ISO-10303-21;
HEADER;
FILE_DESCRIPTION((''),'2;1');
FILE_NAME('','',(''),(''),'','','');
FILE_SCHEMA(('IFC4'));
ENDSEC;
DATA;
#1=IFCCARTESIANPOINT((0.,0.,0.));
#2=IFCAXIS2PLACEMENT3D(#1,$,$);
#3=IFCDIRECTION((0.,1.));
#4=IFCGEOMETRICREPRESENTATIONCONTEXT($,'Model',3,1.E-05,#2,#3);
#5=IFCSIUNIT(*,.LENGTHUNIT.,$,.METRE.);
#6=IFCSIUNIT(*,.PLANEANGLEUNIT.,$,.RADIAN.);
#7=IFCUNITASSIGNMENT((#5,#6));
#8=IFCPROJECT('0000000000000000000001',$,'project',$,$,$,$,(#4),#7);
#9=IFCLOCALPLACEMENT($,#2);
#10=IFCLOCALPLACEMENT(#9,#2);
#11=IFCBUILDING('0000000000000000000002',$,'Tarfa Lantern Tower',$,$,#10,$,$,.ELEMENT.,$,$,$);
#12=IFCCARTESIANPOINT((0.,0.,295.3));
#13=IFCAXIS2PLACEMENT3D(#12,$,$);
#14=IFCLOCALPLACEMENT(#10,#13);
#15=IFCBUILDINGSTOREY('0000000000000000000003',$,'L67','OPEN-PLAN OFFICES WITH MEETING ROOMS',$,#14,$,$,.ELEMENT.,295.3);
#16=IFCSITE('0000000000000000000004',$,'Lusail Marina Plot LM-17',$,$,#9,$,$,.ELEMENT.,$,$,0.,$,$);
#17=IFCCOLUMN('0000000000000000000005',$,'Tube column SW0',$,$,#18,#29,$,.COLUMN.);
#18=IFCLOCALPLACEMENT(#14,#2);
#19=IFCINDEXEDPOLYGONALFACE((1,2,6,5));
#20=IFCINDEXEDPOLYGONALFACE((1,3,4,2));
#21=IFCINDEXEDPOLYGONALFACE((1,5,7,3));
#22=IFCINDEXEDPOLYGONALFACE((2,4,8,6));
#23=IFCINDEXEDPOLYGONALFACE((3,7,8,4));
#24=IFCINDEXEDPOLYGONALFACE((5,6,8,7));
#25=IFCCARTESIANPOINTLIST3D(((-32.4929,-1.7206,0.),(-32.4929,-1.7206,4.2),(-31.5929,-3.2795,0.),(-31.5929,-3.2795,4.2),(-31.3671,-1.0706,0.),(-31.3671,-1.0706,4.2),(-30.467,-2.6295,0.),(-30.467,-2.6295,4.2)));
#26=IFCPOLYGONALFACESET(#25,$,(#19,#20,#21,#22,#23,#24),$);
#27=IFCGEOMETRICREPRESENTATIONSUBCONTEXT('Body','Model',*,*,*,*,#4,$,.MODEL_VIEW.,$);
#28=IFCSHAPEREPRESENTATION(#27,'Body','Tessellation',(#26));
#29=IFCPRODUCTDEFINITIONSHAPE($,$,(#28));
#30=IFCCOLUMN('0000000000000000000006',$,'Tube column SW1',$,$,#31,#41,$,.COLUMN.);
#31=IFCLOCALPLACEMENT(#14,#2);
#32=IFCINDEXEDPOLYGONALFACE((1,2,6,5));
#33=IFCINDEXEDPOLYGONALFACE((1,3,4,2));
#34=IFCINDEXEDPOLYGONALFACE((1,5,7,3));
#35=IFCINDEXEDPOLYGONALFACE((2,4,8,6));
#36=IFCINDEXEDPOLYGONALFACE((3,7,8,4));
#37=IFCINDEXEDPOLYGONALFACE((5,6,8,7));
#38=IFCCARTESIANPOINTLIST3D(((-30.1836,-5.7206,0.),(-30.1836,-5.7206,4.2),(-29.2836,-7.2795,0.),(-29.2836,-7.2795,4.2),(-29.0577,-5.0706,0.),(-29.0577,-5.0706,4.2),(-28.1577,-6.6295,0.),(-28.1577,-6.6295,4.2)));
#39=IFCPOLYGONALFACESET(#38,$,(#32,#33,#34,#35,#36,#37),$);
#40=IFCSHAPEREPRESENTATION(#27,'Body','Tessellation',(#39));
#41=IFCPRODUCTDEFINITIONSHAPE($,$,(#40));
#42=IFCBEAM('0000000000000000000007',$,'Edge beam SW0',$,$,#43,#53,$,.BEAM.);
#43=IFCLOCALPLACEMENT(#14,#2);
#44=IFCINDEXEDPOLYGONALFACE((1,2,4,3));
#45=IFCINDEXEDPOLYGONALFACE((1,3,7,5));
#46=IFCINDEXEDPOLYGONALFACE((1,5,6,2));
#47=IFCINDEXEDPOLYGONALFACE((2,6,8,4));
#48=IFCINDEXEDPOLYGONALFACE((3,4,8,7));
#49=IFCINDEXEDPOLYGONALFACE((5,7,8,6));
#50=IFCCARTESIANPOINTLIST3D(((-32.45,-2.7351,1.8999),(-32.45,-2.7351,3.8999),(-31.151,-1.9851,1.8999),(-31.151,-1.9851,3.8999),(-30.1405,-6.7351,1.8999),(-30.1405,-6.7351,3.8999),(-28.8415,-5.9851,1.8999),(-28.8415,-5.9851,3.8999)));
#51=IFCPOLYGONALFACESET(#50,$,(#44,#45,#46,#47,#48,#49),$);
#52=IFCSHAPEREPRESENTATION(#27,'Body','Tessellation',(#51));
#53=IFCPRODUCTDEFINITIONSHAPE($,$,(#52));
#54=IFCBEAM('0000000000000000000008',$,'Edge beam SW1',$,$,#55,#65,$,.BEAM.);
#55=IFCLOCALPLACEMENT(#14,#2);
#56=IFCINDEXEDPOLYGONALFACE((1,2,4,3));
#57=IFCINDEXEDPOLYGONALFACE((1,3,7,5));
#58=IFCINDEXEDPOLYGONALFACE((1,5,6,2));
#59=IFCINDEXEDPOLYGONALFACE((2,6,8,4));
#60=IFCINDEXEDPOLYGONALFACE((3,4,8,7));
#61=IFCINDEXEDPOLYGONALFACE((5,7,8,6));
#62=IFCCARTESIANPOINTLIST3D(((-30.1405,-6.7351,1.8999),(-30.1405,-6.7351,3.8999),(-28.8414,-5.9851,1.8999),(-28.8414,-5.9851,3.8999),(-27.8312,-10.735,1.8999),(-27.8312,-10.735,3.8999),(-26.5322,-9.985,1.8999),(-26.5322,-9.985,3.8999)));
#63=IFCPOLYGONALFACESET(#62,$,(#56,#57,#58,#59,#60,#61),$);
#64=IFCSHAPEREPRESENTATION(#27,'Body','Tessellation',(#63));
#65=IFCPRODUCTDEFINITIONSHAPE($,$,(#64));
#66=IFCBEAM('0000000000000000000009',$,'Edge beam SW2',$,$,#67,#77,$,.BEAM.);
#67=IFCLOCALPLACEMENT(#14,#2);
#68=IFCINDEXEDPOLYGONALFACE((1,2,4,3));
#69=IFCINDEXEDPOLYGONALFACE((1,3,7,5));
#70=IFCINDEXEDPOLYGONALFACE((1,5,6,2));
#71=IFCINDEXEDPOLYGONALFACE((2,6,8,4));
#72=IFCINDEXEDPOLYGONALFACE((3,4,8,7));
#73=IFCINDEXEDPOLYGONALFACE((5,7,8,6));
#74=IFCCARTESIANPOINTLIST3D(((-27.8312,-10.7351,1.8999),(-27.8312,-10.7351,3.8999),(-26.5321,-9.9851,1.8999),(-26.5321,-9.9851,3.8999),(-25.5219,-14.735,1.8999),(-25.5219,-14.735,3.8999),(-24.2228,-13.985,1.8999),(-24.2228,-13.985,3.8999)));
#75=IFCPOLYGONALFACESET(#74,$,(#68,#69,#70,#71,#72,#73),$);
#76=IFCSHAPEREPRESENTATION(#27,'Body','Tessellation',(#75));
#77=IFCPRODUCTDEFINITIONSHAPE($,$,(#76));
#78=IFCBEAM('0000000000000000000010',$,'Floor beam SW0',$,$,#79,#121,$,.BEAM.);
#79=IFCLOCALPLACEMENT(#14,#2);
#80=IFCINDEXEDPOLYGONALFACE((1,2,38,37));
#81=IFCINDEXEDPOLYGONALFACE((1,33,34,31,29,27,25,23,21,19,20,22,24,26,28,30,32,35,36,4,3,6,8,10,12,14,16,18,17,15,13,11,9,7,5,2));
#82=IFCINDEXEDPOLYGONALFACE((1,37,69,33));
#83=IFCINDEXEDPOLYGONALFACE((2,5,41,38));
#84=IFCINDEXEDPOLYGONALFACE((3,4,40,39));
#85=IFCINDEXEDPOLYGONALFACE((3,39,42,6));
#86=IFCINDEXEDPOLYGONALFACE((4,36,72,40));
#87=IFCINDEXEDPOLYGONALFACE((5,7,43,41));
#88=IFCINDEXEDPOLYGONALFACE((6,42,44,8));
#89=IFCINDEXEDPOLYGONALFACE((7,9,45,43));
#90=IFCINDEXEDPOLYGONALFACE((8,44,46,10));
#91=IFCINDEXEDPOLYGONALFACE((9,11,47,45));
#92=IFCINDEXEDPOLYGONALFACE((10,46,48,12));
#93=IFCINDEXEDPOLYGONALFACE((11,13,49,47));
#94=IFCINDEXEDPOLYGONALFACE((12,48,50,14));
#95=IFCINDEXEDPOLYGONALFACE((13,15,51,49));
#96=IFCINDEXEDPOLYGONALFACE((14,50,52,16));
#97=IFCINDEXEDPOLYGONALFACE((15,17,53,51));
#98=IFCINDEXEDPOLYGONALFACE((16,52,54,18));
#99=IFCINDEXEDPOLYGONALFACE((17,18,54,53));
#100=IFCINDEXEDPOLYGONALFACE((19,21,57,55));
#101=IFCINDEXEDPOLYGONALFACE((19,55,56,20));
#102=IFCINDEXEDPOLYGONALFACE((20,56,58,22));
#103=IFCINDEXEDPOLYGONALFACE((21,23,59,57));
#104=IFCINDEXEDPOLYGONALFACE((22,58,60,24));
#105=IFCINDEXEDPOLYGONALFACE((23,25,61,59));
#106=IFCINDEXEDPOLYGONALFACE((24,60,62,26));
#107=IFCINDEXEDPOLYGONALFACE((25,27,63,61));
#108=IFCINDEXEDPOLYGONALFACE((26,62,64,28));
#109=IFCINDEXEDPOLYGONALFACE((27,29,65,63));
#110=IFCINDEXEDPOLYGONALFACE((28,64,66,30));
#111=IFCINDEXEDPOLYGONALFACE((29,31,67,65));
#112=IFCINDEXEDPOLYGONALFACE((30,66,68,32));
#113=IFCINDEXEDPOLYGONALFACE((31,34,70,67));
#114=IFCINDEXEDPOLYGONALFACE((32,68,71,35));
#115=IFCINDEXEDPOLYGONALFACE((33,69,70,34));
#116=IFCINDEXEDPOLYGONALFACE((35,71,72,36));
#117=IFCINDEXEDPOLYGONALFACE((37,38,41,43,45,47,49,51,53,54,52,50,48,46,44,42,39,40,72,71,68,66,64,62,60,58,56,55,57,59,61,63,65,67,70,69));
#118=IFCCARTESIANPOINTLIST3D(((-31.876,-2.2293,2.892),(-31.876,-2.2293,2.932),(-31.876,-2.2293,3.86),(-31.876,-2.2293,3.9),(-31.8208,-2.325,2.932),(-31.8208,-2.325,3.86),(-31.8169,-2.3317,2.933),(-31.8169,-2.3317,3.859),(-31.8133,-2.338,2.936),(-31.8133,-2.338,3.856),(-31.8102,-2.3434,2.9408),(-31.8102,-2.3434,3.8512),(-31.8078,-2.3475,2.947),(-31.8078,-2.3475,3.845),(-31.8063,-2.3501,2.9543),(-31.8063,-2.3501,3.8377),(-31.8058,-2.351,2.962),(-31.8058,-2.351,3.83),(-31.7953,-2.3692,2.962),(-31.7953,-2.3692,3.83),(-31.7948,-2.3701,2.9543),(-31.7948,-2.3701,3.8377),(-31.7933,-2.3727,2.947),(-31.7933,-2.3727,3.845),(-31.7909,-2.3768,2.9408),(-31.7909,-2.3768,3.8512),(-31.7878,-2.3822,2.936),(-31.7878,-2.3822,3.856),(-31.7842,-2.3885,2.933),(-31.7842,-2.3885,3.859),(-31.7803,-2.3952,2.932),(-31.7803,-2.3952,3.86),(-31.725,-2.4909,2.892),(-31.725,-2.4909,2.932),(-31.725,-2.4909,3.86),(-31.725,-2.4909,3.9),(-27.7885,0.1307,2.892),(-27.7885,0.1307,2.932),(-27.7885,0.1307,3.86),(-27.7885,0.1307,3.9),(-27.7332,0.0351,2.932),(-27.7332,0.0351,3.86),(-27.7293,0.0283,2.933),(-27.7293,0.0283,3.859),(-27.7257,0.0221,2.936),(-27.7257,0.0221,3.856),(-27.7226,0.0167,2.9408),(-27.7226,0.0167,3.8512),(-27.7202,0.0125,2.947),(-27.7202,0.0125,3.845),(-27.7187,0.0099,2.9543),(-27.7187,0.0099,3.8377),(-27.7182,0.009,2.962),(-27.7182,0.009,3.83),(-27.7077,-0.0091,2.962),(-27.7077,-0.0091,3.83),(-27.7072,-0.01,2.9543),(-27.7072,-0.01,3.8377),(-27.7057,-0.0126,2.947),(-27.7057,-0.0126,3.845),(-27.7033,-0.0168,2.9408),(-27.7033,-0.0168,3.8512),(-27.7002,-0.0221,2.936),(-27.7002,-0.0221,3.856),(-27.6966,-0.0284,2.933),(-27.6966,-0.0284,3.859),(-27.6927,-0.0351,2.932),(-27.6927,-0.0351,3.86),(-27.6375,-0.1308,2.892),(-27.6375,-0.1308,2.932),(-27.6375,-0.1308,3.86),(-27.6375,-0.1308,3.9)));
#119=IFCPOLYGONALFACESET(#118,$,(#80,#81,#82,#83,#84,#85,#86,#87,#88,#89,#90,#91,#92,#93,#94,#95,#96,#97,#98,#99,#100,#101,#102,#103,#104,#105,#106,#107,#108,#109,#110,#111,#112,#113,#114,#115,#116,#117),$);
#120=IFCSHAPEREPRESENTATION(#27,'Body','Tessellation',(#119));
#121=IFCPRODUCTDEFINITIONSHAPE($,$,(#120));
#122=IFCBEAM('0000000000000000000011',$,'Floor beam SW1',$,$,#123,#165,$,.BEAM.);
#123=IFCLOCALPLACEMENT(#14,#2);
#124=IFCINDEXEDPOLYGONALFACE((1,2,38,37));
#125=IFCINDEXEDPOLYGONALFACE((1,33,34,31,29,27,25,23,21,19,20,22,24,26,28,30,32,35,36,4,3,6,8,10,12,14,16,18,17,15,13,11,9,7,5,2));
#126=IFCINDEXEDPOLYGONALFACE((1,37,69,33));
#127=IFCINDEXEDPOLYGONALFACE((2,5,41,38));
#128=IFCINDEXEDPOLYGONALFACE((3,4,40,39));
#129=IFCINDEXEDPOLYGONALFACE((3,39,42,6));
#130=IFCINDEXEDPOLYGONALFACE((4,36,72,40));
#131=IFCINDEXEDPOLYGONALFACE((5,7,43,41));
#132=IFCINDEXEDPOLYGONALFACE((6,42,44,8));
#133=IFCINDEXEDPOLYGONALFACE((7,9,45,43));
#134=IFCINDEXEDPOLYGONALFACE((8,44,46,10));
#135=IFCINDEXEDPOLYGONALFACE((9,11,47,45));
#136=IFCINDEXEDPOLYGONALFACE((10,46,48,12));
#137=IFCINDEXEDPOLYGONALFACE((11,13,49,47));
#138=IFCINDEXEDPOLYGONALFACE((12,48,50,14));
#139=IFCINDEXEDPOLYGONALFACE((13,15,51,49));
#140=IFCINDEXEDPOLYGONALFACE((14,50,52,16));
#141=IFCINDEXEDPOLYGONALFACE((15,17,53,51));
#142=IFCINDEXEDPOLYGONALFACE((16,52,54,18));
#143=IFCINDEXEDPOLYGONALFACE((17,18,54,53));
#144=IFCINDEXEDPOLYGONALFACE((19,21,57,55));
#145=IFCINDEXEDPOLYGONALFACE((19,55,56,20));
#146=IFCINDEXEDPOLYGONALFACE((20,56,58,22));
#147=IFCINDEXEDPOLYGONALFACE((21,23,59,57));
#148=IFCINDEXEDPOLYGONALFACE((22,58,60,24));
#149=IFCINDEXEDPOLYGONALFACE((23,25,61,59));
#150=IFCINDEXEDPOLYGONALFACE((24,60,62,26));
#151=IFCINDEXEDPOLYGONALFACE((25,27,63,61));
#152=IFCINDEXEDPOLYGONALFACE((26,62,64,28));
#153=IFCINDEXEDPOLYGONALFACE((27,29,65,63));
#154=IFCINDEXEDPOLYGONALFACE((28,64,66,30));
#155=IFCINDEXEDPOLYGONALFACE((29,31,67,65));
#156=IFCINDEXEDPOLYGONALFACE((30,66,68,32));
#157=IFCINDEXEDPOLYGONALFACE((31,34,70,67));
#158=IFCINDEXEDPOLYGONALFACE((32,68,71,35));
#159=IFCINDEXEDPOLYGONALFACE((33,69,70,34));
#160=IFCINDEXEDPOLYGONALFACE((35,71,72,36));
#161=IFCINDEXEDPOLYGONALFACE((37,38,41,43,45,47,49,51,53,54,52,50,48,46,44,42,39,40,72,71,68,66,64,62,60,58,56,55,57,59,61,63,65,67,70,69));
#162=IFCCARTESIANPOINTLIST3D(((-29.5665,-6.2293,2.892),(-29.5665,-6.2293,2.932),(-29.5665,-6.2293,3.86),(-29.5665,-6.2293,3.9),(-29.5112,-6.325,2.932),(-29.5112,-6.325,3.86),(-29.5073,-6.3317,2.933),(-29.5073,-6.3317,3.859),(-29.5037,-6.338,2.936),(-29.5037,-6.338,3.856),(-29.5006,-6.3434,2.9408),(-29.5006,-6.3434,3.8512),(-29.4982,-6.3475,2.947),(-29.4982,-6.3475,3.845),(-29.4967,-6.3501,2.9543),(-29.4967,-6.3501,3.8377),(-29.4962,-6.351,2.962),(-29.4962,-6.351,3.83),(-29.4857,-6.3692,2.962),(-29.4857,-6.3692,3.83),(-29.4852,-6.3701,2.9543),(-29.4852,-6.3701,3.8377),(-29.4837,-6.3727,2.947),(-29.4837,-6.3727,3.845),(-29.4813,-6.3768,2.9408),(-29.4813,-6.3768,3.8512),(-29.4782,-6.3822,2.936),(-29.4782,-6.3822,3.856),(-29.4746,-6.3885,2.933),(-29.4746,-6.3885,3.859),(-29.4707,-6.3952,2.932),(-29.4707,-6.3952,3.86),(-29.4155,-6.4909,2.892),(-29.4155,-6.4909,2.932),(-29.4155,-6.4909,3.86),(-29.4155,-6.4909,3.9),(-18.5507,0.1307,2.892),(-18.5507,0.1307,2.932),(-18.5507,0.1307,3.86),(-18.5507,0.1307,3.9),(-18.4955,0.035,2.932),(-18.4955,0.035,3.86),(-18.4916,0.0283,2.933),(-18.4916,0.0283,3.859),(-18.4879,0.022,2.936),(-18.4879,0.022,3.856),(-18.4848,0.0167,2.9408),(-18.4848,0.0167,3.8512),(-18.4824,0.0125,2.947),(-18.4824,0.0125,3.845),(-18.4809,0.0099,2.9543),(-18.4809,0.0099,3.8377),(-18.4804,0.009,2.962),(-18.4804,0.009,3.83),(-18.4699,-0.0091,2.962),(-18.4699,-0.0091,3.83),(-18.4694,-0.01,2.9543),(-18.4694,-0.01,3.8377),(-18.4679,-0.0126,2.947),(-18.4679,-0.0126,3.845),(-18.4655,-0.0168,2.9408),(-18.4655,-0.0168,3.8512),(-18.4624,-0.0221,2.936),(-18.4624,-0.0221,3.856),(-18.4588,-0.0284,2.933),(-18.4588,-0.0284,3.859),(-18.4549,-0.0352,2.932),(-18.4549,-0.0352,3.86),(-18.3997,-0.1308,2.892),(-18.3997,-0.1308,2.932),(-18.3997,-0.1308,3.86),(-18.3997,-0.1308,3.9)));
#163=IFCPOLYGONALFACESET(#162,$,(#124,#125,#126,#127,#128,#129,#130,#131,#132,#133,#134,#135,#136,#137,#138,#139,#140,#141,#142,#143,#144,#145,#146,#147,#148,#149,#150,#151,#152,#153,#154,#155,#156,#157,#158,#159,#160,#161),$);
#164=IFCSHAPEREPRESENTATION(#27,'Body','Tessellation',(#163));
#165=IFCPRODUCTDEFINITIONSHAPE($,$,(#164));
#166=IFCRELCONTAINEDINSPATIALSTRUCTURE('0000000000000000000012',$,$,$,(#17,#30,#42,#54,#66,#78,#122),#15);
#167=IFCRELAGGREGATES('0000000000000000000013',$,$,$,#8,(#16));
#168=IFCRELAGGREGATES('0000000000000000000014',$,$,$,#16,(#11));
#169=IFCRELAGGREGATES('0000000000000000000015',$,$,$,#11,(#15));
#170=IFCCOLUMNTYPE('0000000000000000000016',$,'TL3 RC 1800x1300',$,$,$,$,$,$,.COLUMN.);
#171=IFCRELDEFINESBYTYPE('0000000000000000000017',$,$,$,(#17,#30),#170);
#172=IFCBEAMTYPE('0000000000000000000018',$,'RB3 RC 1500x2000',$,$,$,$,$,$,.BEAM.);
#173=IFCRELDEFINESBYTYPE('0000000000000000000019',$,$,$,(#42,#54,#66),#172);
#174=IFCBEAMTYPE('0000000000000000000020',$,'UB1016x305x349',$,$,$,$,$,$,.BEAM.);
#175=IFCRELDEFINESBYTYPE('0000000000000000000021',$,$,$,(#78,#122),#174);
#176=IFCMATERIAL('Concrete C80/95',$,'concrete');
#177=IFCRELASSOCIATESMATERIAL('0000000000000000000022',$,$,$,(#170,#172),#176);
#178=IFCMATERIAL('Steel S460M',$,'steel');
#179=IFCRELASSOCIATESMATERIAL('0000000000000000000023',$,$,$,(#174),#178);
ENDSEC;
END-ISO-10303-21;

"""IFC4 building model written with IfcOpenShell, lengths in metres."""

from ifc_helpers import new_model, si_unit, direction, frame, origin, origin_2d, place, context, subcontext, project, spatial, rectangle, i_section, extrude, material, material_profile, profile_set, type_object, element, save


model = new_model("IFC4")

# Units and contexts
model_context = context("Model", 3, precision=1e-05, world=origin(), true_north=direction((0.0, 1.0)))
body_context = subcontext(model_context, "Body", "Model", "MODEL_VIEW")
ifc_project = project(units=[si_unit("LENGTHUNIT", "METRE"), si_unit("PLANEANGLEUNIT", "RADIAN")], contexts=[model_context])

# Site, building, storey
site_placement = place(None, origin())
site = spatial("IfcSite", under=ifc_project, at=site_placement, Name="Lusail Marina Plot LM-17", CompositionType="ELEMENT", RefElevation=0.0)
building_placement = place(site_placement, origin())
building = spatial("IfcBuilding", under=site, at=building_placement, Name="Tarfa Lantern Tower", CompositionType="ELEMENT")
storey_placement = place(building_placement, frame((0.0, 0.0, 295.3)))
storey = spatial("IfcBuildingStorey", under=building, at=storey_placement, Name="L67", Description="OPEN-PLAN OFFICES WITH MEETING ROOMS", CompositionType="ELEMENT", Elevation=295.3)

# Columns
ifc_material_1 = material(Name="Concrete C80/95", Category="concrete")
ifc_material_profile_1 = material_profile(ifc_material_1, rectangle(XDim=1.8, YDim=1.3, at=origin_2d()), Name="RC 1800x1300")
ifc_profile_set_1 = profile_set([ifc_material_profile_1], Name="Concrete C80/95")
column_type = type_object("IfcColumnType", Name="TL3 RC 1800x1300", PredefinedType="COLUMN", material=ifc_profile_set_1)
for number, where, z_axis, x_axis, name in (
    (1, (-31.48, -2.175, 0.0), (0.0, 0.0, 1.0), (0.5, -0.866025, 0.0), "Tube column SW0"),
    (2, (-29.1707, -6.175, 0.0), (0.0, 0.0, 1.0), (0.5, -0.866025, 0.0), "Tube column SW1"),
):
    element("IfcColumn", number, at=place(storey_placement, frame(where, z_axis=z_axis, x_axis=x_axis)), inside=storey, type_object=column_type, Name=name, PredefinedType="COLUMN", context=body_context, shape_type="SweptSolid", body=[
        extrude(rectangle(XDim=1.8, YDim=1.3, at=origin_2d()), origin(), (0.0, 0.0, 1.0), 4.2),
    ])

# Beams
ifc_material_profile_2 = material_profile(ifc_material_1, rectangle(XDim=1.5, YDim=2.0, at=origin_2d()), Name="RC 1500x2000")
ifc_profile_set_2 = profile_set([ifc_material_profile_2], Name="Concrete C80/95")
beam_type_1 = type_object("IfcBeamType", Name="RB3 RC 1500x2000", PredefinedType="BEAM", material=ifc_profile_set_2)
beam_1_placement = place(storey_placement, frame((-31.8005, -2.3601, 2.8999), z_axis=(0.500027, -0.86601, 0.0), x_axis=(0.86601, 0.500027, 0.0)))
element("IfcBeam", 3, at=beam_1_placement, inside=storey, type_object=beam_type_1, Name="Edge beam SW0", PredefinedType="BEAM", context=body_context, shape_type="SweptSolid", body=[
    extrude(rectangle(XDim=1.5, YDim=2.0, at=origin_2d()), origin(), (0.0, 0.0, 1.0), 4.6189),
])
for number, where, z_axis, x_axis, name in (
    (4, (-29.491, -6.3601, 2.8999), (0.499988, -0.866032, 0.0), (0.866032, 0.499988, 0.0), "Edge beam SW1"),
    (5, (-27.1816, -10.3601, 2.8999), (0.499988, -0.866032, 0.0), (0.866032, 0.499988, 0.0), "Edge beam SW2"),
):
    element("IfcBeam", number, at=place(storey_placement, frame(where, z_axis=z_axis, x_axis=x_axis)), inside=storey, type_object=beam_type_1, Name=name, PredefinedType="BEAM", context=body_context, shape_type="SweptSolid", body=[
        extrude(rectangle(XDim=1.5, YDim=2.0, at=origin_2d()), origin(), (0.0, 0.0, 1.0), 4.6187),
    ])
ifc_material_2 = material(Name="Steel S460M", Category="steel")
ifc_material_profile_3 = material_profile(ifc_material_2, i_section(OverallWidth=0.302, OverallDepth=1.0081, WebThickness=0.021, FlangeThickness=0.04, FilletRadius=0.03, at=origin_2d()), Name="UB1016x305x349")
ifc_profile_set_3 = profile_set([ifc_material_profile_3], Name="Steel S460M")
beam_type_2 = type_object("IfcBeamType", Name="UB1016x305x349", PredefinedType="BEAM", material=ifc_profile_set_3)
beam_2_placement = place(storey_placement, frame((-31.8005, -2.3601, 3.396), z_axis=(0.866016, 0.500016, 0.0), x_axis=(-0.500016, 0.866016, 0.0)))
element("IfcBeam", 6, at=beam_2_placement, inside=storey, type_object=beam_type_2, Name="Floor beam SW0", PredefinedType="BEAM", context=body_context, shape_type="SweptSolid", body=[
    extrude(i_section(OverallWidth=0.302, OverallDepth=1.0081, WebThickness=0.021, FlangeThickness=0.04, FilletRadius=0.03, at=origin_2d()), origin(), (0.0, 0.0, 1.0), 4.72),
])
beam_3_placement = place(storey_placement, frame((-29.491, -6.3601, 3.396), z_axis=(0.866022, 0.500005, 0.0), x_axis=(-0.500005, 0.866022, 0.0)))
element("IfcBeam", 7, at=beam_3_placement, inside=storey, type_object=beam_type_2, Name="Floor beam SW1", PredefinedType="BEAM", context=body_context, shape_type="SweptSolid", body=[
    extrude(i_section(OverallWidth=0.302, OverallDepth=1.0081, WebThickness=0.021, FlangeThickness=0.04, FilletRadius=0.03, at=origin_2d()), origin(), (0.0, 0.0, 1.0), 12.72),
])

save(model, "model.ifc")
